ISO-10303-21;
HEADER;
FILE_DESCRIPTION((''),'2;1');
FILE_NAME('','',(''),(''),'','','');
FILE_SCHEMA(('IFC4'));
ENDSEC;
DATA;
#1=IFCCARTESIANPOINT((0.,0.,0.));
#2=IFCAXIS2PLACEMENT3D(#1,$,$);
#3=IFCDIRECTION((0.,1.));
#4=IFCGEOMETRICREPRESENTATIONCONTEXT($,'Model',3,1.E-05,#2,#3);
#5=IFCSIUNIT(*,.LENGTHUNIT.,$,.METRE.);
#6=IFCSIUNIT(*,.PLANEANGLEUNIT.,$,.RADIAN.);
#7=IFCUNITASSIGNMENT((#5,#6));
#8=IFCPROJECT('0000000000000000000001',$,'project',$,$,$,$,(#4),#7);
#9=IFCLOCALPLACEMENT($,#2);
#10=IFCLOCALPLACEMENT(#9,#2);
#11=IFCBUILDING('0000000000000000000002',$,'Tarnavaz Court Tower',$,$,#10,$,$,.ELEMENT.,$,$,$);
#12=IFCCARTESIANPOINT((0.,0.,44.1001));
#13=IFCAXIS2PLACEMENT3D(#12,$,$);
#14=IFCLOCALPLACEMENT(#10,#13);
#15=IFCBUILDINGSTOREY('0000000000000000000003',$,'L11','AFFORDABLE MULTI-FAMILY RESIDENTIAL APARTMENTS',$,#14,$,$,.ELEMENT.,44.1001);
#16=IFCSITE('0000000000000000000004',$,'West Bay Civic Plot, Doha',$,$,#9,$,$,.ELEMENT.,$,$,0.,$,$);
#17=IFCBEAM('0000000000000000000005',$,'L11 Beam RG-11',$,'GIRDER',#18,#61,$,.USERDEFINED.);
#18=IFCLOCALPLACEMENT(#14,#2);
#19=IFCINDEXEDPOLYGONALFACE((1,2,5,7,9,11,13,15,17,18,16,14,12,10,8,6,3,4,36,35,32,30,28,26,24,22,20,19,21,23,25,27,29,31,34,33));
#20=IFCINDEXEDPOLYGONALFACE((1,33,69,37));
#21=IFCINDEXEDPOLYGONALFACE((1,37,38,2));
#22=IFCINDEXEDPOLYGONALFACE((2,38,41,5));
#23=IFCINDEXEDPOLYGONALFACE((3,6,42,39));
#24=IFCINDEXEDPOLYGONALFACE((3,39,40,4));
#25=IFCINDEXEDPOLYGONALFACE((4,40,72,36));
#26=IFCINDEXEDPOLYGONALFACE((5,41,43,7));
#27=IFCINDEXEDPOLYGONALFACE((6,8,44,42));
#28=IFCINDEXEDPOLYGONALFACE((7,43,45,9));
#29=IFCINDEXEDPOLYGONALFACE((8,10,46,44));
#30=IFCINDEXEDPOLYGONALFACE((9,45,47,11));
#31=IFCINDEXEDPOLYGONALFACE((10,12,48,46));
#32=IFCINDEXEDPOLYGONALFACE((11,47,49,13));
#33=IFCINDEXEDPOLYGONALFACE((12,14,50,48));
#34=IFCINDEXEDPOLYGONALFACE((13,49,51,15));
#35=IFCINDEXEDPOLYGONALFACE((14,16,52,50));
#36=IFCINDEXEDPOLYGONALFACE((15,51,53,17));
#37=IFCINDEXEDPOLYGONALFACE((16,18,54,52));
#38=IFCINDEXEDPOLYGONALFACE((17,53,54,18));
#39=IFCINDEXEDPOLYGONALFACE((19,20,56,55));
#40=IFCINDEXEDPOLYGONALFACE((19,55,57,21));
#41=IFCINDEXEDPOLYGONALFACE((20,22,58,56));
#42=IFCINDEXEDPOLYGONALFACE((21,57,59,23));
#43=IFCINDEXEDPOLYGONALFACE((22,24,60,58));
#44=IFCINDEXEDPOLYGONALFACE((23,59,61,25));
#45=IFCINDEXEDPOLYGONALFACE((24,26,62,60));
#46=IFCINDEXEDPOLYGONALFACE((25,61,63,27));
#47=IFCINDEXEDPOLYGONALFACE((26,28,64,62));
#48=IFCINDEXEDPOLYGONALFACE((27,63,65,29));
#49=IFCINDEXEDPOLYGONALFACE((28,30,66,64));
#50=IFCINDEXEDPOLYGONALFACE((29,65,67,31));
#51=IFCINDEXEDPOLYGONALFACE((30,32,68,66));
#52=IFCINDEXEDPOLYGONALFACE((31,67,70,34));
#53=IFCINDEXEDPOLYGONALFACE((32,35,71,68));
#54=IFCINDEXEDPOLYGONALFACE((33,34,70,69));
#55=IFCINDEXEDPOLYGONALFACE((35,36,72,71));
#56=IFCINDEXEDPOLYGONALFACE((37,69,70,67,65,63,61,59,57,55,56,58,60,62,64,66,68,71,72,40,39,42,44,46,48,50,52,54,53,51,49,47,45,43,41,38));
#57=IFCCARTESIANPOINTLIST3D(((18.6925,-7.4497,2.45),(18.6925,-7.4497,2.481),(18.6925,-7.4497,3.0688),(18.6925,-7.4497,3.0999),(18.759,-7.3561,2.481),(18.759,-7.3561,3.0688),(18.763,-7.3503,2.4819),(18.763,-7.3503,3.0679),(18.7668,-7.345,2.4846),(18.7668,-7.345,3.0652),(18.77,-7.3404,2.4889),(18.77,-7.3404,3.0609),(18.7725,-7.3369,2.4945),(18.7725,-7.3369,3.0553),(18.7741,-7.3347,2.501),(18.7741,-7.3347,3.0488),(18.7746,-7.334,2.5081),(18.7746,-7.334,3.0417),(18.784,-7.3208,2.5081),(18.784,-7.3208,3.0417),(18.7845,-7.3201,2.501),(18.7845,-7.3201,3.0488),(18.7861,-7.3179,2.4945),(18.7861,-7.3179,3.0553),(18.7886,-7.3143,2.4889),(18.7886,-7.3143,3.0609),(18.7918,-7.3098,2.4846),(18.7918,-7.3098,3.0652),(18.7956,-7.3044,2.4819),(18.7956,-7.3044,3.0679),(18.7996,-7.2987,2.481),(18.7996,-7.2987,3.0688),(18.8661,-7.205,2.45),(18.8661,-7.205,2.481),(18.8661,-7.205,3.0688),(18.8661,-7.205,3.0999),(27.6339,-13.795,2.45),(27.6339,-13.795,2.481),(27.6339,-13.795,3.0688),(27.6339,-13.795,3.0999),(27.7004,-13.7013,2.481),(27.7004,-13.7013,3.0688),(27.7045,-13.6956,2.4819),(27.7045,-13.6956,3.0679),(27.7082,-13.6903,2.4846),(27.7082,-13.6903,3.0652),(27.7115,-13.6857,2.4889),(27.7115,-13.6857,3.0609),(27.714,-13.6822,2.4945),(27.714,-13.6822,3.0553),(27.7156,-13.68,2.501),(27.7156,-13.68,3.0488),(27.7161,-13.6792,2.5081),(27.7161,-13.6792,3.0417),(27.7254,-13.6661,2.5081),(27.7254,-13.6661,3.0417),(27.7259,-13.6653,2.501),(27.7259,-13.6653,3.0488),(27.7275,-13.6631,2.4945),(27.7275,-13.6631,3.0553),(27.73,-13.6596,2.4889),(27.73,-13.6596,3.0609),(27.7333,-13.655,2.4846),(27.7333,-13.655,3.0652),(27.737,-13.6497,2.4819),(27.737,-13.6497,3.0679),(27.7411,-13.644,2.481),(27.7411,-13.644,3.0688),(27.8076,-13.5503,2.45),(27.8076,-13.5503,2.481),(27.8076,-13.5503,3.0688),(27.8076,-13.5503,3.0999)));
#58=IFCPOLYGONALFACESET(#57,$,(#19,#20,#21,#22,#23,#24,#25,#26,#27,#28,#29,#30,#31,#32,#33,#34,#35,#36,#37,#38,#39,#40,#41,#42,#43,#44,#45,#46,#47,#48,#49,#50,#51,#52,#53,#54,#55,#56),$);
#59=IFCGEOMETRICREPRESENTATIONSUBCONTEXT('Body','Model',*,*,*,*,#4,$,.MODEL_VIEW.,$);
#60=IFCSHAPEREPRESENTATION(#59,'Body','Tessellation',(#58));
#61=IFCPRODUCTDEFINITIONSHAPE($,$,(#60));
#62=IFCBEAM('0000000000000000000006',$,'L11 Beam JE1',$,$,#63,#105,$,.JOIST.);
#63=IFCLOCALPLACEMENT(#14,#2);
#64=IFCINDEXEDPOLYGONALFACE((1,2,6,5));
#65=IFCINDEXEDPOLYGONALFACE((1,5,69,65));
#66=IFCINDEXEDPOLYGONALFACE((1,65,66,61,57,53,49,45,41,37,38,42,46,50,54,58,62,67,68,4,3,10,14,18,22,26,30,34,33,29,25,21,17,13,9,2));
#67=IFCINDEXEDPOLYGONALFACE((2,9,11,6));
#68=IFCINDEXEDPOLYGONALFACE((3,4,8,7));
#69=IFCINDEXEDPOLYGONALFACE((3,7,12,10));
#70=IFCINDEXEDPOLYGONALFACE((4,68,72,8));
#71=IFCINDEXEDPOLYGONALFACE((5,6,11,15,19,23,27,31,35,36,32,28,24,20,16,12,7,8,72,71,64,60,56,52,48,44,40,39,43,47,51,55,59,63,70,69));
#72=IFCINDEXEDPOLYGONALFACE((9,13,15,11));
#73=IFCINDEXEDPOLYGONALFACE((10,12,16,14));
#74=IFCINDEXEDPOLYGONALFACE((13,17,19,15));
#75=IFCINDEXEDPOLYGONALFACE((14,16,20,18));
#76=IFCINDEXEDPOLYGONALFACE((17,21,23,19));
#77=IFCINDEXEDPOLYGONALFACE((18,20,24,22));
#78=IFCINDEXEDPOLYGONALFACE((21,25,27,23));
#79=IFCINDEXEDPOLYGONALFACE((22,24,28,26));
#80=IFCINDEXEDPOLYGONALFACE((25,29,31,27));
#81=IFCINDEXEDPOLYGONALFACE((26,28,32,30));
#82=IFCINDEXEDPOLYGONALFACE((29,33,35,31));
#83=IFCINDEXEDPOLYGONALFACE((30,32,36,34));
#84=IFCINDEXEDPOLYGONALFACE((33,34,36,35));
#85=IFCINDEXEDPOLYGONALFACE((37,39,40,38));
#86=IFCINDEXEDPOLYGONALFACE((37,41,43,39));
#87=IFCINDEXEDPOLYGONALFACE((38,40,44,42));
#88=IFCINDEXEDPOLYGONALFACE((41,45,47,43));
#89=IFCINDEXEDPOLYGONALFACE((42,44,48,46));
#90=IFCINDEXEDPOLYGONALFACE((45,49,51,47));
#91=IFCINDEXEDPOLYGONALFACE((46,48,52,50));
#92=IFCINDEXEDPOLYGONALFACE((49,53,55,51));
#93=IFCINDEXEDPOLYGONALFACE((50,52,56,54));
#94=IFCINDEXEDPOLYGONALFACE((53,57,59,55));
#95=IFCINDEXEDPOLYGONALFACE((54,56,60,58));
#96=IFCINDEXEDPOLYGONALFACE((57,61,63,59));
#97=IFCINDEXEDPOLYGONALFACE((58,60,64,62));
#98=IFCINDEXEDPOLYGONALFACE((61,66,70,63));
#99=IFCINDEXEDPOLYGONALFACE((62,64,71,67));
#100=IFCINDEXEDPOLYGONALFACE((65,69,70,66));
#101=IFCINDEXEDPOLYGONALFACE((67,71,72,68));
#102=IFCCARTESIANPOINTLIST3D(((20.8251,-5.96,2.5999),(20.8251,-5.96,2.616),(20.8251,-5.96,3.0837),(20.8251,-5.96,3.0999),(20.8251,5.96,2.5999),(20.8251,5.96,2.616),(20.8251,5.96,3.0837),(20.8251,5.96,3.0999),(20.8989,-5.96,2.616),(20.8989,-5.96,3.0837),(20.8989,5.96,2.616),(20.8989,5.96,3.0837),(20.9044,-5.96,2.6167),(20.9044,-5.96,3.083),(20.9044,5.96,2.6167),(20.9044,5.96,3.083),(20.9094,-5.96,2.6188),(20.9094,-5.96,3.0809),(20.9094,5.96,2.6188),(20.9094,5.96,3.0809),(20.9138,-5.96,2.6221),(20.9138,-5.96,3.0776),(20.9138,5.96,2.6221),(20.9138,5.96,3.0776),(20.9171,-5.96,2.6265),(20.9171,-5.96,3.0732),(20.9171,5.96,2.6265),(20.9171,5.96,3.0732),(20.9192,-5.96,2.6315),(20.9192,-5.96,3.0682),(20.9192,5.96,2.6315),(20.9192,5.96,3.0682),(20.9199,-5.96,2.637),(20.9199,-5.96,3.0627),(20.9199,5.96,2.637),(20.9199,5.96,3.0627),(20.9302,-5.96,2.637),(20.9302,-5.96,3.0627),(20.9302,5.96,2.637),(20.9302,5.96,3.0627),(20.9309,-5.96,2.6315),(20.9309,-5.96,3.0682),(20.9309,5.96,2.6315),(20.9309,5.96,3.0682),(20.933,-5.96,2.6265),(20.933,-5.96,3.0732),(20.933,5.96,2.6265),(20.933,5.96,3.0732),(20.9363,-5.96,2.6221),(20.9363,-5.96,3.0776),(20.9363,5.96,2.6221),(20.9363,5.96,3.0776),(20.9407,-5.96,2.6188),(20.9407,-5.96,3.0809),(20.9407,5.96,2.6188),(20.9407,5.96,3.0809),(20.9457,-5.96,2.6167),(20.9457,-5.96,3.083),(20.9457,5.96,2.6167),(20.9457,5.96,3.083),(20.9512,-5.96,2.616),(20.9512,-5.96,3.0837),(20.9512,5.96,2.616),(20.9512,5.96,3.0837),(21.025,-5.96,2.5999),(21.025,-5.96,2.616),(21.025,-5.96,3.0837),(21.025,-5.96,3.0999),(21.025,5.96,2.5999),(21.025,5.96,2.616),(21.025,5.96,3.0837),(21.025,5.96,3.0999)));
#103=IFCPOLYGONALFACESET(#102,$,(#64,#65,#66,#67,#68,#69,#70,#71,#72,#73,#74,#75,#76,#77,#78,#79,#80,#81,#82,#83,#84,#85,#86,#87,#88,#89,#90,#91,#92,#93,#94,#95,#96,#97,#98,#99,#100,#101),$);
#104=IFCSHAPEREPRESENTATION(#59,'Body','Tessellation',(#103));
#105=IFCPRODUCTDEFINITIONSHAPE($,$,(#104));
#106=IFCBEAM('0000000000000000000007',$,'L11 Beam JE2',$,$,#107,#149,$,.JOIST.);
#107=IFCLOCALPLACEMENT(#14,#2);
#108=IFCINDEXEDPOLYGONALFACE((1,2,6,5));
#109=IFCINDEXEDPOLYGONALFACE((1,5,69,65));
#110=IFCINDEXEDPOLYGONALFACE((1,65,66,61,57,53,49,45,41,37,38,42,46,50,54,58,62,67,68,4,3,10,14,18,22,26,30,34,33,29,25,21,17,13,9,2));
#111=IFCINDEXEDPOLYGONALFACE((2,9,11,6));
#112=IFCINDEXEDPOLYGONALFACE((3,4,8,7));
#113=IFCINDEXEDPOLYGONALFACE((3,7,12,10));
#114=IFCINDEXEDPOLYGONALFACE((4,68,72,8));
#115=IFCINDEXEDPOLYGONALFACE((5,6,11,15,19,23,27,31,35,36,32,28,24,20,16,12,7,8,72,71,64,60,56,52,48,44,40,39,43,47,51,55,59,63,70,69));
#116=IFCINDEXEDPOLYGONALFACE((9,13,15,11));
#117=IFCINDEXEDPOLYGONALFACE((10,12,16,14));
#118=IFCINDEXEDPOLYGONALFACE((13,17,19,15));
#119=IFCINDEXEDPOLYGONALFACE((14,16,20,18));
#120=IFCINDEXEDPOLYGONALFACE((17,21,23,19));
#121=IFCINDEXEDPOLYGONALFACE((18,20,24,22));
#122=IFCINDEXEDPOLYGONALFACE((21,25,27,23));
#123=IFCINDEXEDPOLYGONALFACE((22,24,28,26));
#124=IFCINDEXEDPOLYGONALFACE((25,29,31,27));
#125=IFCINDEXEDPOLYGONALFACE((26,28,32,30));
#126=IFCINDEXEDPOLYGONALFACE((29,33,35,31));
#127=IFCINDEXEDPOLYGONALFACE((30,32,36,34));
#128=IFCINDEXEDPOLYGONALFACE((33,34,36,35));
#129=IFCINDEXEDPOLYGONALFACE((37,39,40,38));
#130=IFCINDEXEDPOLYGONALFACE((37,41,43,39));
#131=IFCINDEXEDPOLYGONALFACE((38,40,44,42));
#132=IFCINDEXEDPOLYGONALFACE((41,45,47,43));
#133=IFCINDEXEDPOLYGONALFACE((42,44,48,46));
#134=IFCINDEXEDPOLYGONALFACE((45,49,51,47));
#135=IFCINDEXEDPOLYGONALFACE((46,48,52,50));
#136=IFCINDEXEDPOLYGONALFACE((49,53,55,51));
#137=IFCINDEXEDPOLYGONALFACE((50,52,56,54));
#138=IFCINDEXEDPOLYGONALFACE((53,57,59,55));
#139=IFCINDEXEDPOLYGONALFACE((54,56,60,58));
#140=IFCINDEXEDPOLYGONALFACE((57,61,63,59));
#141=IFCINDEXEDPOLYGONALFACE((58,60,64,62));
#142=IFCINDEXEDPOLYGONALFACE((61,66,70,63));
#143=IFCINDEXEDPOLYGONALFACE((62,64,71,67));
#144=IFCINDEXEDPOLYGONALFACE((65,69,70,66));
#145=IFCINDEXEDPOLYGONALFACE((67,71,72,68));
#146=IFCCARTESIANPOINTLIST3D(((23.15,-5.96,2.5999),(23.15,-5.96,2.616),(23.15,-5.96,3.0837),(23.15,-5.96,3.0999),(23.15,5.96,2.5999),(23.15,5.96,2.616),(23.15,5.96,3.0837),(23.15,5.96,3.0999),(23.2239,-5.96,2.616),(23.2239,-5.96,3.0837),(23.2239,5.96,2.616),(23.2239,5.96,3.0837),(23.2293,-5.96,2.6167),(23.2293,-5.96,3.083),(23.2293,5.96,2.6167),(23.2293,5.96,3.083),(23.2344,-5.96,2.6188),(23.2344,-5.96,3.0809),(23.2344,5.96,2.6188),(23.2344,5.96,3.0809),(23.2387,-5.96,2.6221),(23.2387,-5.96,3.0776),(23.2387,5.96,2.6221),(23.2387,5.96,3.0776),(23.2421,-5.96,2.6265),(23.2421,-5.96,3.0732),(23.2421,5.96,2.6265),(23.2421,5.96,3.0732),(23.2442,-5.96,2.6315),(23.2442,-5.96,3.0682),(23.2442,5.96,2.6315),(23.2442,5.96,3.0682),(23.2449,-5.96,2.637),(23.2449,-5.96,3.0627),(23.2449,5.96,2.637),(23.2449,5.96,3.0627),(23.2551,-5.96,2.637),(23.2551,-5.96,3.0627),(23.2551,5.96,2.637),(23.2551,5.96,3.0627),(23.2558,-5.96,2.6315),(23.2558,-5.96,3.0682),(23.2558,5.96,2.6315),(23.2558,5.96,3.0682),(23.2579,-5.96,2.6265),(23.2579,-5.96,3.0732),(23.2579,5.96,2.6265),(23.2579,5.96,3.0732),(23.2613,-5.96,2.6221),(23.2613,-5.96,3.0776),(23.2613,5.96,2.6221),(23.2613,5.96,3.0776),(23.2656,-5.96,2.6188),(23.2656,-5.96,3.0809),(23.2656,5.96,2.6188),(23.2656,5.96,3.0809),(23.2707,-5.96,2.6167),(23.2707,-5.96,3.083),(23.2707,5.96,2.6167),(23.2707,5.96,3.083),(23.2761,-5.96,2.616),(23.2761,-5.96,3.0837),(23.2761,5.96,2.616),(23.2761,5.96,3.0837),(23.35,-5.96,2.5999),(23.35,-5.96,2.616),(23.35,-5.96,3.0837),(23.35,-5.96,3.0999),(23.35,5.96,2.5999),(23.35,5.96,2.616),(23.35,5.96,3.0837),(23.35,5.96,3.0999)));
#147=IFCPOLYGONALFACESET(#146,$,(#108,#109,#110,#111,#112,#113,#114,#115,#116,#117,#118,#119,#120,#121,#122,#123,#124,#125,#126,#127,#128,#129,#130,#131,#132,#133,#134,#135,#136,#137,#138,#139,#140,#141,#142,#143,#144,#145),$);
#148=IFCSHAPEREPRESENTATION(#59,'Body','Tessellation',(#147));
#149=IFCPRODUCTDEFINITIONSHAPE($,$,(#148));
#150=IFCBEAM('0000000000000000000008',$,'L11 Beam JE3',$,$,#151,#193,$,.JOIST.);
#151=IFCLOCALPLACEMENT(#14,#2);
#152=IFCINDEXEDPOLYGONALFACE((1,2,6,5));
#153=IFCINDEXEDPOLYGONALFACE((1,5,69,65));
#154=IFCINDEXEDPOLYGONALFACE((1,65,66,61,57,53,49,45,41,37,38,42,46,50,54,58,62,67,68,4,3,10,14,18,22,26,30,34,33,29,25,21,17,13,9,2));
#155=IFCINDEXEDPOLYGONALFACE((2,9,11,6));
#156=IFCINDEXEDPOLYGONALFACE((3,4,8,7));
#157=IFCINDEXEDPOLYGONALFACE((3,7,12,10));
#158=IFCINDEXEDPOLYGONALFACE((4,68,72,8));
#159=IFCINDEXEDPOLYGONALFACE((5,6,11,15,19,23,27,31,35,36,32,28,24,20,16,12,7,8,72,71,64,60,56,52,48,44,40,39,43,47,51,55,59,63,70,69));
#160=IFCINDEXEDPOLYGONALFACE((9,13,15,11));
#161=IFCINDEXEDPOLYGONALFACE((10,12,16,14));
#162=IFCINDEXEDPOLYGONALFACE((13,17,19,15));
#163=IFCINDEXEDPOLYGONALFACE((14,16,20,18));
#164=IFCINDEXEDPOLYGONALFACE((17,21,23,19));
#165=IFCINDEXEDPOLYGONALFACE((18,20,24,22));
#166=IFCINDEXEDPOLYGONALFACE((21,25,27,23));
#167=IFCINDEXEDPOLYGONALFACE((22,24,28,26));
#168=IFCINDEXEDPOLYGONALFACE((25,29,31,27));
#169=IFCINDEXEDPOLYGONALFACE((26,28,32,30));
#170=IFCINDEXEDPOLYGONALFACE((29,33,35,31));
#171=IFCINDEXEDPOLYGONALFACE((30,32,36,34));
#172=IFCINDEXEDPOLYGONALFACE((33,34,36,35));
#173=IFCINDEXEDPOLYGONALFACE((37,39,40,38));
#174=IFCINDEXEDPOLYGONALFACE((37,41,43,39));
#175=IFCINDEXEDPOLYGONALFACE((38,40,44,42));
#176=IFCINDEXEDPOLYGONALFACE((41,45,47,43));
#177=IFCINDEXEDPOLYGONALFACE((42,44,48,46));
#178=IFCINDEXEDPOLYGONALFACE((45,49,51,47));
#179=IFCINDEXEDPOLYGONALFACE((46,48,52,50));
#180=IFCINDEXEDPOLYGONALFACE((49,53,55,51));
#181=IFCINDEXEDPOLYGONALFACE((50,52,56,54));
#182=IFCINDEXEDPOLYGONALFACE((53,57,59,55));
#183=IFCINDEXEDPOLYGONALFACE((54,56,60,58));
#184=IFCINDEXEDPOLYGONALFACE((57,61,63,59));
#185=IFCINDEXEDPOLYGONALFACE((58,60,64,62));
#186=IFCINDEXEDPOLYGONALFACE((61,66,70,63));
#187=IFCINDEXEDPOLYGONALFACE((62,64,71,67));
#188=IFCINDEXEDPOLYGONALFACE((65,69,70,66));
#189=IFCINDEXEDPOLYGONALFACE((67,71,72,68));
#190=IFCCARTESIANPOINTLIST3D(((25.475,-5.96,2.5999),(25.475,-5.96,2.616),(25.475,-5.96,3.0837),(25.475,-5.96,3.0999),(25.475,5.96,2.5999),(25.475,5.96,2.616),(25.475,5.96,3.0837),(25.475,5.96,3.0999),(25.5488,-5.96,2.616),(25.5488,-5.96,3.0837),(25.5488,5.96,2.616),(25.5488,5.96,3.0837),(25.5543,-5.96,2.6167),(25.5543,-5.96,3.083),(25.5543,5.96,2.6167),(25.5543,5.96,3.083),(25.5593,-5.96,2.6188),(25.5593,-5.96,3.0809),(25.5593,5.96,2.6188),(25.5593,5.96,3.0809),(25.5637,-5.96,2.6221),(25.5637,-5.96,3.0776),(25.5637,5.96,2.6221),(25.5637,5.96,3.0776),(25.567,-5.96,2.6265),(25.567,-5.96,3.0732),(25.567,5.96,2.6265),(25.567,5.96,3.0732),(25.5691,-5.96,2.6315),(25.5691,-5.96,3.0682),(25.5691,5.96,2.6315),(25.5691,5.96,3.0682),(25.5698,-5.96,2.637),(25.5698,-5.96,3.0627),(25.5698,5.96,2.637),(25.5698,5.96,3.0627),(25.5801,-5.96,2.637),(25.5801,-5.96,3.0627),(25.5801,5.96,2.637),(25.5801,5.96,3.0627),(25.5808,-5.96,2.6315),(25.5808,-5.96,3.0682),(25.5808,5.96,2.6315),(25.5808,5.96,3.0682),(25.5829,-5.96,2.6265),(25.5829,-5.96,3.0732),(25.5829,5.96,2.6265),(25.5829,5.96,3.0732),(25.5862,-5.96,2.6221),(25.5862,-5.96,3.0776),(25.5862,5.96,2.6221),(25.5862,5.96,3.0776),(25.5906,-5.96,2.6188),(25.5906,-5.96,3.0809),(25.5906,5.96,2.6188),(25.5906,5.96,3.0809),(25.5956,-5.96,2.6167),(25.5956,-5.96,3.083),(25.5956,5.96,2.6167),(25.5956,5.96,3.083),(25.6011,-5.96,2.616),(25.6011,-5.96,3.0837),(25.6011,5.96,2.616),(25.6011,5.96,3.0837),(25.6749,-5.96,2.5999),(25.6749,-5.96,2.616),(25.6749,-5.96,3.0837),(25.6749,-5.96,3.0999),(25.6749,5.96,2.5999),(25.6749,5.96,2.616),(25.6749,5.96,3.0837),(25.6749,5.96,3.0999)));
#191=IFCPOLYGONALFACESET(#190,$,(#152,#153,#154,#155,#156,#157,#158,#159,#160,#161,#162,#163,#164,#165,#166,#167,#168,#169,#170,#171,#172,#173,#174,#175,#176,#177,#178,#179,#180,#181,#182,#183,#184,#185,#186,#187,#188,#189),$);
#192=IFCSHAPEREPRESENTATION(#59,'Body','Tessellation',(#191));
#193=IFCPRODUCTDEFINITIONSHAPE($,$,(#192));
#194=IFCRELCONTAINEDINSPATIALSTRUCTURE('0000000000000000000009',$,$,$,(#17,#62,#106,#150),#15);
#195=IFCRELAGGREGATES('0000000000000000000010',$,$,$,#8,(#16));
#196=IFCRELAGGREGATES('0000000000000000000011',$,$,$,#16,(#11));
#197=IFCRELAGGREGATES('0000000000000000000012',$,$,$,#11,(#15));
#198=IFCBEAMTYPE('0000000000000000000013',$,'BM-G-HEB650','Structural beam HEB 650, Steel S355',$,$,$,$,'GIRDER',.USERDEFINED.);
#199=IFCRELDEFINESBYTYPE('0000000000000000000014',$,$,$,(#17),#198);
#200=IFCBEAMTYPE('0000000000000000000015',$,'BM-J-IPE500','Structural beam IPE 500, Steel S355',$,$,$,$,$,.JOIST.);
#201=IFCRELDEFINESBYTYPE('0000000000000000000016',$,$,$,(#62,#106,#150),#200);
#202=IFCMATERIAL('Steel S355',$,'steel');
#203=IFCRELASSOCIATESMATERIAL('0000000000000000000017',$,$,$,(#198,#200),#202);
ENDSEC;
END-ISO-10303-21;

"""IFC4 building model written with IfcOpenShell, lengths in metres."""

from ifc_helpers import new_model, si_unit, direction, frame, origin, origin_2d, place, context, subcontext, project, spatial, i_section, extrude, material, material_profile, profile_set, type_object, element, save


model = new_model("IFC4")

# Units and contexts
model_context = context("Model", 3, precision=1e-05, world=origin(), true_north=direction((0.0, 1.0)))
body_context = subcontext(model_context, "Body", "Model", "MODEL_VIEW")
ifc_project = project(units=[si_unit("LENGTHUNIT", "METRE"), si_unit("PLANEANGLEUNIT", "RADIAN")], contexts=[model_context])

# Site, building, storey
site_placement = place(None, origin())
site = spatial("IfcSite", under=ifc_project, at=site_placement, Name="West Bay Civic Plot, Doha", CompositionType="ELEMENT", RefElevation=0.0)
building_placement = place(site_placement, origin())
building = spatial("IfcBuilding", under=site, at=building_placement, Name="Tarnavaz Court Tower", CompositionType="ELEMENT")
storey_placement = place(building_placement, frame((0.0, 0.0, 44.1001)))
storey = spatial("IfcBuildingStorey", under=building, at=storey_placement, Name="L11", Description="AFFORDABLE MULTI-FAMILY RESIDENTIAL APARTMENTS", CompositionType="ELEMENT", Elevation=44.1001)

# Beams
ifc_material_1 = material(Name="Steel S355", Category="steel")
ifc_material_profile_1 = material_profile(ifc_material_1, i_section(OverallWidth=0.3, OverallDepth=0.6499, WebThickness=0.0161, FlangeThickness=0.031, FilletRadius=0.0271, at=origin_2d()), Name="HEB 650")
ifc_profile_set_1 = profile_set([ifc_material_profile_1], Name="Steel S355")
beam_type_1 = type_object("IfcBeamType", Name="BM-G-HEB650", Description="Structural beam HEB 650, Steel S355", ElementType="GIRDER", PredefinedType="USERDEFINED", material=ifc_profile_set_1)
beam_1_placement = place(storey_placement, frame((18.7793, -7.3274, 2.7749), z_axis=(0.81552, -0.578729, 0.0), x_axis=(0.578729, 0.81552, 0.0)))
element("IfcBeam", 1, at=beam_1_placement, inside=storey, type_object=beam_type_1, Name="L11 Beam RG-11", ObjectType="GIRDER", PredefinedType="USERDEFINED", context=body_context, shape_type="SweptSolid", body=[
    extrude(i_section(OverallWidth=0.3, OverallDepth=0.6499, WebThickness=0.0161, FlangeThickness=0.031, FilletRadius=0.0271, at=origin_2d()), origin(), (0.0, 0.0, 1.0), 10.9641),
])
ifc_material_profile_2 = material_profile(ifc_material_1, i_section(OverallWidth=0.2, OverallDepth=0.5, WebThickness=0.0103, FlangeThickness=0.0161, FilletRadius=0.021, at=origin_2d()), Name="IPE 500")
ifc_profile_set_2 = profile_set([ifc_material_profile_2], Name="Steel S355")
beam_type_2 = type_object("IfcBeamType", Name="BM-J-IPE500", Description="Structural beam IPE 500, Steel S355", PredefinedType="JOIST", material=ifc_profile_set_2)
for number, where, z_axis, x_axis, name in (
    (2, (20.925, -5.96, 2.8499), (0.0, 1.0, 0.0), (-1.0, 0.0, 0.0), "L11 Beam JE1"),
    (3, (23.25, -5.96, 2.8499), (0.0, 1.0, 0.0), (-1.0, 0.0, 0.0), "L11 Beam JE2"),
    (4, (25.575, -5.96, 2.8499), (0.0, 1.0, 0.0), (-1.0, 0.0, 0.0), "L11 Beam JE3"),
):
    element("IfcBeam", number, at=place(storey_placement, frame(where, z_axis=z_axis, x_axis=x_axis)), inside=storey, type_object=beam_type_2, Name=name, PredefinedType="JOIST", context=body_context, shape_type="SweptSolid", body=[
        extrude(i_section(OverallWidth=0.2, OverallDepth=0.5, WebThickness=0.0103, FlangeThickness=0.0161, FilletRadius=0.021, at=origin_2d()), origin(), (0.0, 0.0, 1.0), 11.9199),
    ])

save(model, "model.ifc")
